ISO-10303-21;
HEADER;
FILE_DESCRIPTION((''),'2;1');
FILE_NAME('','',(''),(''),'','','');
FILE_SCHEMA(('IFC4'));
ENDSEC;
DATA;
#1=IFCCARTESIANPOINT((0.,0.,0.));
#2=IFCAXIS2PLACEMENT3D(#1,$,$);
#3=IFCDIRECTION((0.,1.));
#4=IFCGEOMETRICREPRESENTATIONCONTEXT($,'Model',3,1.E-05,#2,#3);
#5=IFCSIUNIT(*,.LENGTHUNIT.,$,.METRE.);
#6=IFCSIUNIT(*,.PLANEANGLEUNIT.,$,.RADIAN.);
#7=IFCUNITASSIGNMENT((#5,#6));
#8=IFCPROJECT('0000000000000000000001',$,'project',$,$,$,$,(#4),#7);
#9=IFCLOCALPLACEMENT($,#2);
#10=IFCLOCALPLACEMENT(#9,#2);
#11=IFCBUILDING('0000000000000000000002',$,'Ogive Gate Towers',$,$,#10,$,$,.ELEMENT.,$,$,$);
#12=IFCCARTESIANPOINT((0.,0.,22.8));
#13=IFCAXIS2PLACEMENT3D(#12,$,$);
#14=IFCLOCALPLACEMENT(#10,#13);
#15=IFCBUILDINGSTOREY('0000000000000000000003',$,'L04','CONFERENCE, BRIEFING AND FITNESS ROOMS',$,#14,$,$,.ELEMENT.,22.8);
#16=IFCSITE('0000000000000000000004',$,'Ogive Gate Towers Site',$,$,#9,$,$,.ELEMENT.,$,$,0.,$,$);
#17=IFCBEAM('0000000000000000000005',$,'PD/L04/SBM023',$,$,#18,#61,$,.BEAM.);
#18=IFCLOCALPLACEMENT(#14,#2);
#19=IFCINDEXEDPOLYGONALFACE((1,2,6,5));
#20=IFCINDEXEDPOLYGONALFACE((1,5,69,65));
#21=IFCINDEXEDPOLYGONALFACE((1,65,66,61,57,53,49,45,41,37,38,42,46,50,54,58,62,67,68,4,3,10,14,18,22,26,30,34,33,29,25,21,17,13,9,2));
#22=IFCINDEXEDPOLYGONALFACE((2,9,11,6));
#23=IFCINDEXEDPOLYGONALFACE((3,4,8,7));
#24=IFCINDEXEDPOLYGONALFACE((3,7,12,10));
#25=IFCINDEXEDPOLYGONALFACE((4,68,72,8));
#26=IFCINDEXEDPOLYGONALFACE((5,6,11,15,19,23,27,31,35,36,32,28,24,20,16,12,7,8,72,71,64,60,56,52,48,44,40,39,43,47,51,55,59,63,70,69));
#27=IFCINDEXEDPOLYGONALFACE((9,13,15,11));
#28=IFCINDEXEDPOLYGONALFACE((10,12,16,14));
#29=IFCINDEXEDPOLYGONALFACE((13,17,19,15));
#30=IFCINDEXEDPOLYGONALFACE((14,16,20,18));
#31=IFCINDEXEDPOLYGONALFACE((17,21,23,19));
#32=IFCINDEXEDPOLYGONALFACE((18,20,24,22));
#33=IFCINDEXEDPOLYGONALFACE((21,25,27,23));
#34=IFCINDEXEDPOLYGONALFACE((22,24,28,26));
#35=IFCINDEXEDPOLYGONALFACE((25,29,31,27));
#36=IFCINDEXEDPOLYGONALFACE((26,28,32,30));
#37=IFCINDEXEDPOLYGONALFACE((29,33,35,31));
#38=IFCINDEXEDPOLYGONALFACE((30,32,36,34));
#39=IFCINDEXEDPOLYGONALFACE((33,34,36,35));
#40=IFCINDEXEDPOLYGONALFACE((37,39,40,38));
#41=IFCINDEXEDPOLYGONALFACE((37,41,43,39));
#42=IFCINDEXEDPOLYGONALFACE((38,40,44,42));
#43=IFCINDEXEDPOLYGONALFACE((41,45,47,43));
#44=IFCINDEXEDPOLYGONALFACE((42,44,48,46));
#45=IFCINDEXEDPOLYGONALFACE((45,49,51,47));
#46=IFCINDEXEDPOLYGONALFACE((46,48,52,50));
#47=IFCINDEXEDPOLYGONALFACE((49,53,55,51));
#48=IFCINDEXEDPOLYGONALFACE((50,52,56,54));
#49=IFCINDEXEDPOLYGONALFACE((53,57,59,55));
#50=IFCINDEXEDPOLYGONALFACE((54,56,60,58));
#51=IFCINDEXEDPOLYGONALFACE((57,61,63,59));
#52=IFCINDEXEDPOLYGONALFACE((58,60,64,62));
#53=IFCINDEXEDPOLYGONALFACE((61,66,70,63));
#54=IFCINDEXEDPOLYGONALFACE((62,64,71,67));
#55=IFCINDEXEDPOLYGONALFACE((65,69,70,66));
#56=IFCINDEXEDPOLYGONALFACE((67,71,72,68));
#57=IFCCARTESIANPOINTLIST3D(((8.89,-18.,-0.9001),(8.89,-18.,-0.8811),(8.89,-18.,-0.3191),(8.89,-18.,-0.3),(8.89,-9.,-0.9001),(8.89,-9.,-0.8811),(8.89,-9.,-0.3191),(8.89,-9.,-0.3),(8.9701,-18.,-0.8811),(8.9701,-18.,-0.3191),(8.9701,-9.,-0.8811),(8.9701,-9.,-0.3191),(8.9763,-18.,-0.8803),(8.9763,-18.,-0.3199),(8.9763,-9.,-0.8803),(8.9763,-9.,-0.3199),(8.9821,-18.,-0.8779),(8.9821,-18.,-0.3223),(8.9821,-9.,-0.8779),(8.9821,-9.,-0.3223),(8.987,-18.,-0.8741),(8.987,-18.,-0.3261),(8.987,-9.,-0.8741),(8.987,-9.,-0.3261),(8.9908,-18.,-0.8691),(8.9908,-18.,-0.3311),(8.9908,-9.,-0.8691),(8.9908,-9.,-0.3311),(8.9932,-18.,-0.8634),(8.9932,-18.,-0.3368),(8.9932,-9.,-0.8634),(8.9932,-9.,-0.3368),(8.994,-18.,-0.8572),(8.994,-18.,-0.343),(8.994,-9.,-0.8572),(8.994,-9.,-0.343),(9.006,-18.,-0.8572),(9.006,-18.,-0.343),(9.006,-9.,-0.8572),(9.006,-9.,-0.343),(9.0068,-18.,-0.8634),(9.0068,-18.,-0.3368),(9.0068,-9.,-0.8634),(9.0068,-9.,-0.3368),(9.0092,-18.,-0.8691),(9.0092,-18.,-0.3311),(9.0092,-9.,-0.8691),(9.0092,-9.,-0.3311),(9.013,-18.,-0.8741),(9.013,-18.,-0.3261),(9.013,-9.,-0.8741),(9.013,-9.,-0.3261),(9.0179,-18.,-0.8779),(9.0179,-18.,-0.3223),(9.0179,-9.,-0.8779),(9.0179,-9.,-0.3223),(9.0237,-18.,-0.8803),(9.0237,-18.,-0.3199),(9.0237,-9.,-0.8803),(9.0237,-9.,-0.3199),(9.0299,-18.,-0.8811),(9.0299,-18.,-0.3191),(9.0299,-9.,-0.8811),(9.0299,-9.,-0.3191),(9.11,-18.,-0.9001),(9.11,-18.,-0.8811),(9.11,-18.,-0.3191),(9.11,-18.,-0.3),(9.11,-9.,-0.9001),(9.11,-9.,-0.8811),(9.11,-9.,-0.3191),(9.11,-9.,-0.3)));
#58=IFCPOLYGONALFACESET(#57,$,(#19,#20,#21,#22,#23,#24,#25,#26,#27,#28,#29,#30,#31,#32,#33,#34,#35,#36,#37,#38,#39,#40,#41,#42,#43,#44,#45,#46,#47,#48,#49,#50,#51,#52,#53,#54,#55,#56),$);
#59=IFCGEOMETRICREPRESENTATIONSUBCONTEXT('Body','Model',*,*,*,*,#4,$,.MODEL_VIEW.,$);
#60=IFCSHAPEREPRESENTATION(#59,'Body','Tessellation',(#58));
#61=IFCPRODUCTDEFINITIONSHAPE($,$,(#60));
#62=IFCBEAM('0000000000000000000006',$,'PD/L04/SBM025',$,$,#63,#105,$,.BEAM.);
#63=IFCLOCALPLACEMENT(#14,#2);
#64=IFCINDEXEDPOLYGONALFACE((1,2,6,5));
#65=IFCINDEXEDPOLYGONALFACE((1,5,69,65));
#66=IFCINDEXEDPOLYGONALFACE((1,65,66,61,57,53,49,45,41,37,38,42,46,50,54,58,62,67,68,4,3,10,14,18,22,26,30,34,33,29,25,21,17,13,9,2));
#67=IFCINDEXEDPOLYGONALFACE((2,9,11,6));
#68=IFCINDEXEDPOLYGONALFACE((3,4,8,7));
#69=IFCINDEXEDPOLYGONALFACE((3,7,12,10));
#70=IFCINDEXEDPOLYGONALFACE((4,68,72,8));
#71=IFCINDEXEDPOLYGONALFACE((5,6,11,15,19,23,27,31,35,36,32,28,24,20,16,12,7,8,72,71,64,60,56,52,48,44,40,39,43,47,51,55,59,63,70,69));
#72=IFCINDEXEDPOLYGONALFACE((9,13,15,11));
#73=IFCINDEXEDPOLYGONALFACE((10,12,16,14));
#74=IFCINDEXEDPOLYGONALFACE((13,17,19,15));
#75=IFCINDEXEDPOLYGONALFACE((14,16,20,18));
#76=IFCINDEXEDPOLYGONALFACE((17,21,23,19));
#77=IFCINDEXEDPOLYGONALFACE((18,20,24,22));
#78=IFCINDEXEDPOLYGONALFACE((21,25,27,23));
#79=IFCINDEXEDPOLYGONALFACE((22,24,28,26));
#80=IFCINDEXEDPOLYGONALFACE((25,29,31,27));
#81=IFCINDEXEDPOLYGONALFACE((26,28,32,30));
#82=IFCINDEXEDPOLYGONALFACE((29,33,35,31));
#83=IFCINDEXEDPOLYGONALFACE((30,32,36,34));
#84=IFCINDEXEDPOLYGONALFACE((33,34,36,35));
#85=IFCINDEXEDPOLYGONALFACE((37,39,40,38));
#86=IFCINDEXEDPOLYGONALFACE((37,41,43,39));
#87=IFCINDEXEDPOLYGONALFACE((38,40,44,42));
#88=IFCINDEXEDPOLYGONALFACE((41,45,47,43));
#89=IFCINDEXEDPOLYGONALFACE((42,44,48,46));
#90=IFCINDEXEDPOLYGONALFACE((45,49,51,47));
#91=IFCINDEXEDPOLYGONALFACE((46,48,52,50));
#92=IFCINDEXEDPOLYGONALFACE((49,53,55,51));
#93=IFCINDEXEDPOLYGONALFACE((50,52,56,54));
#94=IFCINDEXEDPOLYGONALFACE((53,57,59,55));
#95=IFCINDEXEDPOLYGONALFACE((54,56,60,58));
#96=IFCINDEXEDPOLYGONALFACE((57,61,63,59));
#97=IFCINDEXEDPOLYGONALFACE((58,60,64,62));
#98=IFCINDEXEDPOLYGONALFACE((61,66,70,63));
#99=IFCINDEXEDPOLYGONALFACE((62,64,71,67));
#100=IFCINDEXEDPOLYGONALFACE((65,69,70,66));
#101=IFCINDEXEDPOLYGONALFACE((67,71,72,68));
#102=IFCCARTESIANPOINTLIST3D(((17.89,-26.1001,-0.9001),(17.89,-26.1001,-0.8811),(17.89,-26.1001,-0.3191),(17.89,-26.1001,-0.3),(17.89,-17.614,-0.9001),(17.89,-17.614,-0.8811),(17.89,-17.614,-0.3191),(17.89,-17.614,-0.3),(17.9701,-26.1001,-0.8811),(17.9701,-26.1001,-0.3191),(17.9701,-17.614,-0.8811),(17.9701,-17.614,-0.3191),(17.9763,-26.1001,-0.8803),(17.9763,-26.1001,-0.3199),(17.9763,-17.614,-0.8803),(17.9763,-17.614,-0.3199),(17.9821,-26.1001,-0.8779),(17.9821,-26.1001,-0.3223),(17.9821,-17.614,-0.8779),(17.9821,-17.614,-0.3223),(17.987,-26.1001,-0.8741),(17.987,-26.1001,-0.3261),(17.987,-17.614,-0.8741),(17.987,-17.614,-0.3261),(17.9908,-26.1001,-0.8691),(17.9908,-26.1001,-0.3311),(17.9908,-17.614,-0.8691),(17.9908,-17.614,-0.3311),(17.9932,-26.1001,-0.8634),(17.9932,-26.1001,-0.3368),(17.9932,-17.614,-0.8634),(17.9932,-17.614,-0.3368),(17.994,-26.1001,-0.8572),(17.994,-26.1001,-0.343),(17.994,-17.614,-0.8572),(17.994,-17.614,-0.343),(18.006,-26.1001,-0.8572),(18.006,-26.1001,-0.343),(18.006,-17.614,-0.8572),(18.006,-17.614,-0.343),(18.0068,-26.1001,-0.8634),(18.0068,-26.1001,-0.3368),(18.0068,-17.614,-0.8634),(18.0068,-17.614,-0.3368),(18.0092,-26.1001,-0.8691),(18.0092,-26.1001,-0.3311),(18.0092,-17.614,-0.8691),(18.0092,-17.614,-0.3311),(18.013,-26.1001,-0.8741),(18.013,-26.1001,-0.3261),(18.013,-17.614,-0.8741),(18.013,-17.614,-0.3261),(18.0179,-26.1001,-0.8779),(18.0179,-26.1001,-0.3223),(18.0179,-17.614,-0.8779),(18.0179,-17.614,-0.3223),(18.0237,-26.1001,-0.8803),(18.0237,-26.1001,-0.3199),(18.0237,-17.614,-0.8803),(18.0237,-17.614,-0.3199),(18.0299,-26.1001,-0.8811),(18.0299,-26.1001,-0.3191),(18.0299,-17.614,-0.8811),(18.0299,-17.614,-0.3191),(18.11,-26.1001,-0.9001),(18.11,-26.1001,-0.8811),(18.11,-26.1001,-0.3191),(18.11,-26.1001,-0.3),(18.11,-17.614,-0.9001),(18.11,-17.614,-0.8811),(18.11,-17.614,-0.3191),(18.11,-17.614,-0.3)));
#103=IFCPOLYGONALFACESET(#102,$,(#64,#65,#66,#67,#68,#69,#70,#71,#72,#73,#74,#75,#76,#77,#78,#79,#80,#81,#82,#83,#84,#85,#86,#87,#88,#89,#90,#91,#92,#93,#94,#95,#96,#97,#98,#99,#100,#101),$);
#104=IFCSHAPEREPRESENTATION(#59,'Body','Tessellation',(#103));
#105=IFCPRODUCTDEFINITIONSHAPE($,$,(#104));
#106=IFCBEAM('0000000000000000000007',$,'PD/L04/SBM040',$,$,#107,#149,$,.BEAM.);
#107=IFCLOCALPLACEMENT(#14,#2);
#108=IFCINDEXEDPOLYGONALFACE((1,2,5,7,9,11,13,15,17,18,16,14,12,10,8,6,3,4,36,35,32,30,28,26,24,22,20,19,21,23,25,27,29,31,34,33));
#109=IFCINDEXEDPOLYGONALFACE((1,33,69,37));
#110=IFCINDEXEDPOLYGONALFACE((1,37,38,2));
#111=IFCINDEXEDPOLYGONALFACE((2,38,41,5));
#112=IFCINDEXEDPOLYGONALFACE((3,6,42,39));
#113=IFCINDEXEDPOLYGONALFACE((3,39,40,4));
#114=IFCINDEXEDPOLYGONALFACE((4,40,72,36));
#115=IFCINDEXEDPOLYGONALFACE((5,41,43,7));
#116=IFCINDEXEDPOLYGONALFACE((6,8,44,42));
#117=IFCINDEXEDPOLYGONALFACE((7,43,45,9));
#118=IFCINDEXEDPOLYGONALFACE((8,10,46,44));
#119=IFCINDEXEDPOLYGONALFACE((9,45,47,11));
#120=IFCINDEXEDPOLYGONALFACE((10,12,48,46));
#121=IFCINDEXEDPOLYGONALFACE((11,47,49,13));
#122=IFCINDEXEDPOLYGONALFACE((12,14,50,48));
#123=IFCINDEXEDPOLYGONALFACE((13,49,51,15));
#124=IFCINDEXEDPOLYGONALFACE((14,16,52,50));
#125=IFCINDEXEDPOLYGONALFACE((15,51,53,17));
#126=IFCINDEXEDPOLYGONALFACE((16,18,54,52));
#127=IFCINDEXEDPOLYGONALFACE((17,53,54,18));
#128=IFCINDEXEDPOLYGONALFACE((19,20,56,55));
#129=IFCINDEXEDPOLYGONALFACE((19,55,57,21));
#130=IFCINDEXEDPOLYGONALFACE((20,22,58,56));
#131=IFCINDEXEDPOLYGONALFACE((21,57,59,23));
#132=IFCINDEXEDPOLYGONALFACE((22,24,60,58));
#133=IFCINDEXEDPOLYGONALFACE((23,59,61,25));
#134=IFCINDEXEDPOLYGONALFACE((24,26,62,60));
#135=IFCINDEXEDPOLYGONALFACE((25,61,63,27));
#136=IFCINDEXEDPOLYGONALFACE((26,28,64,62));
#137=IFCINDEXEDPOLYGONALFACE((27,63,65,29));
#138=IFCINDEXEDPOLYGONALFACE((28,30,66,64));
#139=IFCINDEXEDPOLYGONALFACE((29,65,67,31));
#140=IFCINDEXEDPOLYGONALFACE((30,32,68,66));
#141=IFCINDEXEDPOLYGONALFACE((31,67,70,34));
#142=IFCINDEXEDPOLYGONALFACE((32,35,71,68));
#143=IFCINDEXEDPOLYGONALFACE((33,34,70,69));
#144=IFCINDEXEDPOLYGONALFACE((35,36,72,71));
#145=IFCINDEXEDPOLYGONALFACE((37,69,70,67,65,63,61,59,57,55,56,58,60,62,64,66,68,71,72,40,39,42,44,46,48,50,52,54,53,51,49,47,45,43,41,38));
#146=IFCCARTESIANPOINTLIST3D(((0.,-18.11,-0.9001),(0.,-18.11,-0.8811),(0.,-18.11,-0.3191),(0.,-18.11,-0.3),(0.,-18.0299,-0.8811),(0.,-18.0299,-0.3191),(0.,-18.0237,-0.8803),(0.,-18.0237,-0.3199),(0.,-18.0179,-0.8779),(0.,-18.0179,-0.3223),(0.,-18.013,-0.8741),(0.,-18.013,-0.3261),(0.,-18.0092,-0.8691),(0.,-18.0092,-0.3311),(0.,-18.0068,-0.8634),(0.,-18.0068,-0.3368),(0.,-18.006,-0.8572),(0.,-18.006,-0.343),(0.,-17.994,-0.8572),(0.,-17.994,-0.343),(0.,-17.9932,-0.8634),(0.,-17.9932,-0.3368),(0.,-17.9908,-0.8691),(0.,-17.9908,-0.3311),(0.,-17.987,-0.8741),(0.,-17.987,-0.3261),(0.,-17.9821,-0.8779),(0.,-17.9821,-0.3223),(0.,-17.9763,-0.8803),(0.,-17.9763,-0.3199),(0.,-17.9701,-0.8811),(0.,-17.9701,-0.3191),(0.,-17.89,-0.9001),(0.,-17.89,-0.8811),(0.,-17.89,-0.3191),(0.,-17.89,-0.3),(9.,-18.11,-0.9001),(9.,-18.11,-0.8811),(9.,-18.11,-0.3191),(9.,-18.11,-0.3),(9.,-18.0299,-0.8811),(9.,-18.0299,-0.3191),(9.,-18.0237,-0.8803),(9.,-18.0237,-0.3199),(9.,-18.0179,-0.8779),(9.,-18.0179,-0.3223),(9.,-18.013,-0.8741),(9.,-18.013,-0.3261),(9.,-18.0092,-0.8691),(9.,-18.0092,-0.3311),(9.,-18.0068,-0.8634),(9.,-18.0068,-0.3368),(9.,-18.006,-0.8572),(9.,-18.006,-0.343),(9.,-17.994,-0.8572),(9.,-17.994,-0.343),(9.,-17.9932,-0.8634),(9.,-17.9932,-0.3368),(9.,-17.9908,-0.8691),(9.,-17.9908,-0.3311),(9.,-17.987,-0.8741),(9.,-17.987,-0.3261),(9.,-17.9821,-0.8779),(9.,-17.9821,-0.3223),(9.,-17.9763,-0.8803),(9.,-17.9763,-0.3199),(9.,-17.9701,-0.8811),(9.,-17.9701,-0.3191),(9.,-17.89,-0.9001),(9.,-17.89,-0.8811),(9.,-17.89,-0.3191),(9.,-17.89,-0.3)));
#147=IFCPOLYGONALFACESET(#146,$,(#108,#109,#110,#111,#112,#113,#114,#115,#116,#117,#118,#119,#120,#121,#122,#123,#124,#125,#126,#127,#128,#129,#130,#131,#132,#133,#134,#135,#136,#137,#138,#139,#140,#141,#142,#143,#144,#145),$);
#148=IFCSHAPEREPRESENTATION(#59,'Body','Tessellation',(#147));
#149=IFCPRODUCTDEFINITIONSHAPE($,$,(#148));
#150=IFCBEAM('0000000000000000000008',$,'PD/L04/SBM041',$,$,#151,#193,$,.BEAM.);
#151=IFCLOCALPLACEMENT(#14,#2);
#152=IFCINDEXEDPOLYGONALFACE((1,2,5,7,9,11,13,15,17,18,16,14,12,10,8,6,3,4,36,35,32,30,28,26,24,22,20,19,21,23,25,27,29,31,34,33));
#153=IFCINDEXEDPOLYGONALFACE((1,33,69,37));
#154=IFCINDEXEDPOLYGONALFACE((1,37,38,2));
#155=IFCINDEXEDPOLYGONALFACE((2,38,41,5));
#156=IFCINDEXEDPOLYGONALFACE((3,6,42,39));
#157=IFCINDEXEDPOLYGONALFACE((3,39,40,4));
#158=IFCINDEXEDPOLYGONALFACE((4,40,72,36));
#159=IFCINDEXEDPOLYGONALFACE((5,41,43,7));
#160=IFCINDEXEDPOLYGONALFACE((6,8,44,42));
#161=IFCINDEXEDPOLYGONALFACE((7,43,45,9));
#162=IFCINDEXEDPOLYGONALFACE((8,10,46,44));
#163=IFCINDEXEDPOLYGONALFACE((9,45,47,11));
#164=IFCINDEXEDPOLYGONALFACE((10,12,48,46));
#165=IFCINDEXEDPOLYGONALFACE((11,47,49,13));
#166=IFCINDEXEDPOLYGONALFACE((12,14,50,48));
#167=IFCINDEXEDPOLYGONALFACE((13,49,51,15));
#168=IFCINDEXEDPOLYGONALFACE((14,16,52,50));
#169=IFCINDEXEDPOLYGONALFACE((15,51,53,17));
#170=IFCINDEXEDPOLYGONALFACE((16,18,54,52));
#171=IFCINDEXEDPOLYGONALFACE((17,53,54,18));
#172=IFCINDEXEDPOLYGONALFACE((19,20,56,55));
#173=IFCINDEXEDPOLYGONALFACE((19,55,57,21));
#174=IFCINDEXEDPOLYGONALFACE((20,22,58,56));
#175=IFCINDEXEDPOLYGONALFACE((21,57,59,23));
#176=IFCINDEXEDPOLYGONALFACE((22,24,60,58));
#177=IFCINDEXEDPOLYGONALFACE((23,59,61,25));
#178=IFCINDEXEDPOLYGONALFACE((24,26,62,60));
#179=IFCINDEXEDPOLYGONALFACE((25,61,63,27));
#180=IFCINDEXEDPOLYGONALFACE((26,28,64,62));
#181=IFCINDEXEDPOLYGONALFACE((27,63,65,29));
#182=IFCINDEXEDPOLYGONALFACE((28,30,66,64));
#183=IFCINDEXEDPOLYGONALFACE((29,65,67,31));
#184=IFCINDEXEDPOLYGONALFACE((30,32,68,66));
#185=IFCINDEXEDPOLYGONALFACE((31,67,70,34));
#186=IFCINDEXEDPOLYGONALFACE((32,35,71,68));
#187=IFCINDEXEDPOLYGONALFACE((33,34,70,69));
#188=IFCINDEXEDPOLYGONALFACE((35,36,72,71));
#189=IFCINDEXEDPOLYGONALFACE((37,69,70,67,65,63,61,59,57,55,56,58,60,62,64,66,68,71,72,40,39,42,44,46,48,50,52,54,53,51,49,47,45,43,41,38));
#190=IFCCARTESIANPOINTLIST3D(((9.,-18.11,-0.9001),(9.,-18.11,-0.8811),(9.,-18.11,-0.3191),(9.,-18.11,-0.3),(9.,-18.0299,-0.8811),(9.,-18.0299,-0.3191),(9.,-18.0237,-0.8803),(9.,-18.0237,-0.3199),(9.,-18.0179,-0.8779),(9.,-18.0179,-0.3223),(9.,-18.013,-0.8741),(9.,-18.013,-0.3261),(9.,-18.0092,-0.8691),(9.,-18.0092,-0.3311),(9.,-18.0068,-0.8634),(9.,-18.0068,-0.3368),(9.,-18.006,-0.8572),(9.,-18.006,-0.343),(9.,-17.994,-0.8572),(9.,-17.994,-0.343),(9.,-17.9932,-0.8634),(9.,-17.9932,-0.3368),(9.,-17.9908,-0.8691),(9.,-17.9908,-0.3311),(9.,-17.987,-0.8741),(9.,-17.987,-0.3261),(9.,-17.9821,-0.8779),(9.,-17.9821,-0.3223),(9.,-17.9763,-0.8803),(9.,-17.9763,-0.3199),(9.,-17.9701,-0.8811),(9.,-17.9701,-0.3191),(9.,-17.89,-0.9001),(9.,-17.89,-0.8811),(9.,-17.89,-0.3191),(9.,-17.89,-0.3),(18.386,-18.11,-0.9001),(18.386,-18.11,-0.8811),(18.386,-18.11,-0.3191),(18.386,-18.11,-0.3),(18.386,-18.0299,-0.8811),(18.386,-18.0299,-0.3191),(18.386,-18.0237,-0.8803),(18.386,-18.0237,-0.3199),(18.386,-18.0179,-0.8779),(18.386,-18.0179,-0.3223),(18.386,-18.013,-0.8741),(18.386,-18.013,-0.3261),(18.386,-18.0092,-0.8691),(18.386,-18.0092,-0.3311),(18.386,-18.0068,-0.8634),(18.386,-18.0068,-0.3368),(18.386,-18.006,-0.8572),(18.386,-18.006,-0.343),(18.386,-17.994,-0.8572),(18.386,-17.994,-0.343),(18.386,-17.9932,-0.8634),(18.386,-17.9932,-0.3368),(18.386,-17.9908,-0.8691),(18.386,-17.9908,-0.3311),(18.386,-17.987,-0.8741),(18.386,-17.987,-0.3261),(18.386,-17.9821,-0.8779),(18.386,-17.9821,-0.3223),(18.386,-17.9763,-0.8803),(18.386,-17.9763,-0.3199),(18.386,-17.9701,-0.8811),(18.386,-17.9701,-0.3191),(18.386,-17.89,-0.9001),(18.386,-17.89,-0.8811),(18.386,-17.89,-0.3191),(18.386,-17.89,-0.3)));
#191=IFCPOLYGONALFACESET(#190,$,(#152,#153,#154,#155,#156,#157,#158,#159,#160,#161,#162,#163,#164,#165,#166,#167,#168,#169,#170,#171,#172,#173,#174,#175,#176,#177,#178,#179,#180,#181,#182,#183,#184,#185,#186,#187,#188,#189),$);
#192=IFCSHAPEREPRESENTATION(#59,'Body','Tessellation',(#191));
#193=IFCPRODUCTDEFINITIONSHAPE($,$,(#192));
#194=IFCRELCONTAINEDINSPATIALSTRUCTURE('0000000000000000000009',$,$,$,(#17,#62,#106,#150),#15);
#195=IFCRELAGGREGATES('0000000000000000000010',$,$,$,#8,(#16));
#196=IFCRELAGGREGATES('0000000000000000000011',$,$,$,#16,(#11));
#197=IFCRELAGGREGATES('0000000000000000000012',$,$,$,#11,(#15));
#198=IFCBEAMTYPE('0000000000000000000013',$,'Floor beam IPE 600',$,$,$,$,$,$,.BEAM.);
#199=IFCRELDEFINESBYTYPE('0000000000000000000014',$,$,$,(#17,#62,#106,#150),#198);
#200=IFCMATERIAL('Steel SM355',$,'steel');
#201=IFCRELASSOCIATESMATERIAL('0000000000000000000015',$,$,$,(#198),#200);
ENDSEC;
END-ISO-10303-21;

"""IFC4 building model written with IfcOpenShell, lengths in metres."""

from ifc_helpers import new_model, si_unit, direction, frame, origin, origin_2d, place, context, subcontext, project, spatial, i_section, extrude, material, material_profile, profile_set, type_object, element, save


model = new_model("IFC4")

# Units and contexts
model_context = context("Model", 3, precision=1e-05, world=origin(), true_north=direction((0.0, 1.0)))
body_context = subcontext(model_context, "Body", "Model", "MODEL_VIEW")
ifc_project = project(units=[si_unit("LENGTHUNIT", "METRE"), si_unit("PLANEANGLEUNIT", "RADIAN")], contexts=[model_context])

# Site, building, storey
site_placement = place(None, origin())
site = spatial("IfcSite", under=ifc_project, at=site_placement, Name="Ogive Gate Towers Site", CompositionType="ELEMENT", RefElevation=0.0)
building_placement = place(site_placement, origin())
building = spatial("IfcBuilding", under=site, at=building_placement, Name="Ogive Gate Towers", CompositionType="ELEMENT")
storey_placement = place(building_placement, frame((0.0, 0.0, 22.8)))
storey = spatial("IfcBuildingStorey", under=building, at=storey_placement, Name="L04", Description="CONFERENCE, BRIEFING AND FITNESS ROOMS", CompositionType="ELEMENT", Elevation=22.8)

# Beams
ifc_material_1 = material(Name="Steel SM355", Category="steel")
ifc_material_profile_1 = material_profile(ifc_material_1, i_section(OverallWidth=0.22, OverallDepth=0.6001, WebThickness=0.012, FlangeThickness=0.019, FilletRadius=0.0239, at=origin_2d()), Name="IPE 600")
ifc_profile_set_1 = profile_set([ifc_material_profile_1], Name="Steel SM355")
beam_type_1 = type_object("IfcBeamType", Name="Floor beam IPE 600", PredefinedType="BEAM", material=ifc_profile_set_1)
beam_1_placement = place(storey_placement, frame((9.0, -18.0, -0.6001), z_axis=(0.0, 1.0, 0.0), x_axis=(-1.0, 0.0, 0.0)))
element("IfcBeam", 1, at=beam_1_placement, inside=storey, type_object=beam_type_1, Name="PD/L04/SBM023", PredefinedType="BEAM", context=body_context, shape_type="SweptSolid", body=[
    extrude(i_section(OverallWidth=0.22, OverallDepth=0.6001, WebThickness=0.012, FlangeThickness=0.019, FilletRadius=0.0239, at=origin_2d()), origin(), (0.0, 0.0, 1.0), 9.0),
])
beam_2_placement = place(storey_placement, frame((18.0, -26.1001, -0.6001), z_axis=(0.0, 1.0, 0.0), x_axis=(-1.0, 0.0, 0.0)))
element("IfcBeam", 2, at=beam_2_placement, inside=storey, type_object=beam_type_1, Name="PD/L04/SBM025", PredefinedType="BEAM", context=body_context, shape_type="SweptSolid", body=[
    extrude(i_section(OverallWidth=0.22, OverallDepth=0.6001, WebThickness=0.012, FlangeThickness=0.019, FilletRadius=0.0239, at=origin_2d()), origin(), (0.0, 0.0, 1.0), 8.4861),
])
beam_3_placement = place(storey_placement, frame((0.0, -18.0, -0.6001), z_axis=(1.0, 0.0, 0.0), x_axis=(0.0, 1.0, 0.0)))
element("IfcBeam", 3, at=beam_3_placement, inside=storey, type_object=beam_type_1, Name="PD/L04/SBM040", PredefinedType="BEAM", context=body_context, shape_type="SweptSolid", body=[
    extrude(i_section(OverallWidth=0.22, OverallDepth=0.6001, WebThickness=0.012, FlangeThickness=0.019, FilletRadius=0.0239, at=origin_2d()), origin(), (0.0, 0.0, 1.0), 9.0),
])
beam_4_placement = place(storey_placement, frame((9.0, -18.0, -0.6001), z_axis=(1.0, 0.0, 0.0), x_axis=(0.0, 1.0, 0.0)))
element("IfcBeam", 4, at=beam_4_placement, inside=storey, type_object=beam_type_1, Name="PD/L04/SBM041", PredefinedType="BEAM", context=body_context, shape_type="SweptSolid", body=[
    extrude(i_section(OverallWidth=0.22, OverallDepth=0.6001, WebThickness=0.012, FlangeThickness=0.019, FilletRadius=0.0239, at=origin_2d()), origin(), (0.0, 0.0, 1.0), 9.386),
])

save(model, "model.ifc")
